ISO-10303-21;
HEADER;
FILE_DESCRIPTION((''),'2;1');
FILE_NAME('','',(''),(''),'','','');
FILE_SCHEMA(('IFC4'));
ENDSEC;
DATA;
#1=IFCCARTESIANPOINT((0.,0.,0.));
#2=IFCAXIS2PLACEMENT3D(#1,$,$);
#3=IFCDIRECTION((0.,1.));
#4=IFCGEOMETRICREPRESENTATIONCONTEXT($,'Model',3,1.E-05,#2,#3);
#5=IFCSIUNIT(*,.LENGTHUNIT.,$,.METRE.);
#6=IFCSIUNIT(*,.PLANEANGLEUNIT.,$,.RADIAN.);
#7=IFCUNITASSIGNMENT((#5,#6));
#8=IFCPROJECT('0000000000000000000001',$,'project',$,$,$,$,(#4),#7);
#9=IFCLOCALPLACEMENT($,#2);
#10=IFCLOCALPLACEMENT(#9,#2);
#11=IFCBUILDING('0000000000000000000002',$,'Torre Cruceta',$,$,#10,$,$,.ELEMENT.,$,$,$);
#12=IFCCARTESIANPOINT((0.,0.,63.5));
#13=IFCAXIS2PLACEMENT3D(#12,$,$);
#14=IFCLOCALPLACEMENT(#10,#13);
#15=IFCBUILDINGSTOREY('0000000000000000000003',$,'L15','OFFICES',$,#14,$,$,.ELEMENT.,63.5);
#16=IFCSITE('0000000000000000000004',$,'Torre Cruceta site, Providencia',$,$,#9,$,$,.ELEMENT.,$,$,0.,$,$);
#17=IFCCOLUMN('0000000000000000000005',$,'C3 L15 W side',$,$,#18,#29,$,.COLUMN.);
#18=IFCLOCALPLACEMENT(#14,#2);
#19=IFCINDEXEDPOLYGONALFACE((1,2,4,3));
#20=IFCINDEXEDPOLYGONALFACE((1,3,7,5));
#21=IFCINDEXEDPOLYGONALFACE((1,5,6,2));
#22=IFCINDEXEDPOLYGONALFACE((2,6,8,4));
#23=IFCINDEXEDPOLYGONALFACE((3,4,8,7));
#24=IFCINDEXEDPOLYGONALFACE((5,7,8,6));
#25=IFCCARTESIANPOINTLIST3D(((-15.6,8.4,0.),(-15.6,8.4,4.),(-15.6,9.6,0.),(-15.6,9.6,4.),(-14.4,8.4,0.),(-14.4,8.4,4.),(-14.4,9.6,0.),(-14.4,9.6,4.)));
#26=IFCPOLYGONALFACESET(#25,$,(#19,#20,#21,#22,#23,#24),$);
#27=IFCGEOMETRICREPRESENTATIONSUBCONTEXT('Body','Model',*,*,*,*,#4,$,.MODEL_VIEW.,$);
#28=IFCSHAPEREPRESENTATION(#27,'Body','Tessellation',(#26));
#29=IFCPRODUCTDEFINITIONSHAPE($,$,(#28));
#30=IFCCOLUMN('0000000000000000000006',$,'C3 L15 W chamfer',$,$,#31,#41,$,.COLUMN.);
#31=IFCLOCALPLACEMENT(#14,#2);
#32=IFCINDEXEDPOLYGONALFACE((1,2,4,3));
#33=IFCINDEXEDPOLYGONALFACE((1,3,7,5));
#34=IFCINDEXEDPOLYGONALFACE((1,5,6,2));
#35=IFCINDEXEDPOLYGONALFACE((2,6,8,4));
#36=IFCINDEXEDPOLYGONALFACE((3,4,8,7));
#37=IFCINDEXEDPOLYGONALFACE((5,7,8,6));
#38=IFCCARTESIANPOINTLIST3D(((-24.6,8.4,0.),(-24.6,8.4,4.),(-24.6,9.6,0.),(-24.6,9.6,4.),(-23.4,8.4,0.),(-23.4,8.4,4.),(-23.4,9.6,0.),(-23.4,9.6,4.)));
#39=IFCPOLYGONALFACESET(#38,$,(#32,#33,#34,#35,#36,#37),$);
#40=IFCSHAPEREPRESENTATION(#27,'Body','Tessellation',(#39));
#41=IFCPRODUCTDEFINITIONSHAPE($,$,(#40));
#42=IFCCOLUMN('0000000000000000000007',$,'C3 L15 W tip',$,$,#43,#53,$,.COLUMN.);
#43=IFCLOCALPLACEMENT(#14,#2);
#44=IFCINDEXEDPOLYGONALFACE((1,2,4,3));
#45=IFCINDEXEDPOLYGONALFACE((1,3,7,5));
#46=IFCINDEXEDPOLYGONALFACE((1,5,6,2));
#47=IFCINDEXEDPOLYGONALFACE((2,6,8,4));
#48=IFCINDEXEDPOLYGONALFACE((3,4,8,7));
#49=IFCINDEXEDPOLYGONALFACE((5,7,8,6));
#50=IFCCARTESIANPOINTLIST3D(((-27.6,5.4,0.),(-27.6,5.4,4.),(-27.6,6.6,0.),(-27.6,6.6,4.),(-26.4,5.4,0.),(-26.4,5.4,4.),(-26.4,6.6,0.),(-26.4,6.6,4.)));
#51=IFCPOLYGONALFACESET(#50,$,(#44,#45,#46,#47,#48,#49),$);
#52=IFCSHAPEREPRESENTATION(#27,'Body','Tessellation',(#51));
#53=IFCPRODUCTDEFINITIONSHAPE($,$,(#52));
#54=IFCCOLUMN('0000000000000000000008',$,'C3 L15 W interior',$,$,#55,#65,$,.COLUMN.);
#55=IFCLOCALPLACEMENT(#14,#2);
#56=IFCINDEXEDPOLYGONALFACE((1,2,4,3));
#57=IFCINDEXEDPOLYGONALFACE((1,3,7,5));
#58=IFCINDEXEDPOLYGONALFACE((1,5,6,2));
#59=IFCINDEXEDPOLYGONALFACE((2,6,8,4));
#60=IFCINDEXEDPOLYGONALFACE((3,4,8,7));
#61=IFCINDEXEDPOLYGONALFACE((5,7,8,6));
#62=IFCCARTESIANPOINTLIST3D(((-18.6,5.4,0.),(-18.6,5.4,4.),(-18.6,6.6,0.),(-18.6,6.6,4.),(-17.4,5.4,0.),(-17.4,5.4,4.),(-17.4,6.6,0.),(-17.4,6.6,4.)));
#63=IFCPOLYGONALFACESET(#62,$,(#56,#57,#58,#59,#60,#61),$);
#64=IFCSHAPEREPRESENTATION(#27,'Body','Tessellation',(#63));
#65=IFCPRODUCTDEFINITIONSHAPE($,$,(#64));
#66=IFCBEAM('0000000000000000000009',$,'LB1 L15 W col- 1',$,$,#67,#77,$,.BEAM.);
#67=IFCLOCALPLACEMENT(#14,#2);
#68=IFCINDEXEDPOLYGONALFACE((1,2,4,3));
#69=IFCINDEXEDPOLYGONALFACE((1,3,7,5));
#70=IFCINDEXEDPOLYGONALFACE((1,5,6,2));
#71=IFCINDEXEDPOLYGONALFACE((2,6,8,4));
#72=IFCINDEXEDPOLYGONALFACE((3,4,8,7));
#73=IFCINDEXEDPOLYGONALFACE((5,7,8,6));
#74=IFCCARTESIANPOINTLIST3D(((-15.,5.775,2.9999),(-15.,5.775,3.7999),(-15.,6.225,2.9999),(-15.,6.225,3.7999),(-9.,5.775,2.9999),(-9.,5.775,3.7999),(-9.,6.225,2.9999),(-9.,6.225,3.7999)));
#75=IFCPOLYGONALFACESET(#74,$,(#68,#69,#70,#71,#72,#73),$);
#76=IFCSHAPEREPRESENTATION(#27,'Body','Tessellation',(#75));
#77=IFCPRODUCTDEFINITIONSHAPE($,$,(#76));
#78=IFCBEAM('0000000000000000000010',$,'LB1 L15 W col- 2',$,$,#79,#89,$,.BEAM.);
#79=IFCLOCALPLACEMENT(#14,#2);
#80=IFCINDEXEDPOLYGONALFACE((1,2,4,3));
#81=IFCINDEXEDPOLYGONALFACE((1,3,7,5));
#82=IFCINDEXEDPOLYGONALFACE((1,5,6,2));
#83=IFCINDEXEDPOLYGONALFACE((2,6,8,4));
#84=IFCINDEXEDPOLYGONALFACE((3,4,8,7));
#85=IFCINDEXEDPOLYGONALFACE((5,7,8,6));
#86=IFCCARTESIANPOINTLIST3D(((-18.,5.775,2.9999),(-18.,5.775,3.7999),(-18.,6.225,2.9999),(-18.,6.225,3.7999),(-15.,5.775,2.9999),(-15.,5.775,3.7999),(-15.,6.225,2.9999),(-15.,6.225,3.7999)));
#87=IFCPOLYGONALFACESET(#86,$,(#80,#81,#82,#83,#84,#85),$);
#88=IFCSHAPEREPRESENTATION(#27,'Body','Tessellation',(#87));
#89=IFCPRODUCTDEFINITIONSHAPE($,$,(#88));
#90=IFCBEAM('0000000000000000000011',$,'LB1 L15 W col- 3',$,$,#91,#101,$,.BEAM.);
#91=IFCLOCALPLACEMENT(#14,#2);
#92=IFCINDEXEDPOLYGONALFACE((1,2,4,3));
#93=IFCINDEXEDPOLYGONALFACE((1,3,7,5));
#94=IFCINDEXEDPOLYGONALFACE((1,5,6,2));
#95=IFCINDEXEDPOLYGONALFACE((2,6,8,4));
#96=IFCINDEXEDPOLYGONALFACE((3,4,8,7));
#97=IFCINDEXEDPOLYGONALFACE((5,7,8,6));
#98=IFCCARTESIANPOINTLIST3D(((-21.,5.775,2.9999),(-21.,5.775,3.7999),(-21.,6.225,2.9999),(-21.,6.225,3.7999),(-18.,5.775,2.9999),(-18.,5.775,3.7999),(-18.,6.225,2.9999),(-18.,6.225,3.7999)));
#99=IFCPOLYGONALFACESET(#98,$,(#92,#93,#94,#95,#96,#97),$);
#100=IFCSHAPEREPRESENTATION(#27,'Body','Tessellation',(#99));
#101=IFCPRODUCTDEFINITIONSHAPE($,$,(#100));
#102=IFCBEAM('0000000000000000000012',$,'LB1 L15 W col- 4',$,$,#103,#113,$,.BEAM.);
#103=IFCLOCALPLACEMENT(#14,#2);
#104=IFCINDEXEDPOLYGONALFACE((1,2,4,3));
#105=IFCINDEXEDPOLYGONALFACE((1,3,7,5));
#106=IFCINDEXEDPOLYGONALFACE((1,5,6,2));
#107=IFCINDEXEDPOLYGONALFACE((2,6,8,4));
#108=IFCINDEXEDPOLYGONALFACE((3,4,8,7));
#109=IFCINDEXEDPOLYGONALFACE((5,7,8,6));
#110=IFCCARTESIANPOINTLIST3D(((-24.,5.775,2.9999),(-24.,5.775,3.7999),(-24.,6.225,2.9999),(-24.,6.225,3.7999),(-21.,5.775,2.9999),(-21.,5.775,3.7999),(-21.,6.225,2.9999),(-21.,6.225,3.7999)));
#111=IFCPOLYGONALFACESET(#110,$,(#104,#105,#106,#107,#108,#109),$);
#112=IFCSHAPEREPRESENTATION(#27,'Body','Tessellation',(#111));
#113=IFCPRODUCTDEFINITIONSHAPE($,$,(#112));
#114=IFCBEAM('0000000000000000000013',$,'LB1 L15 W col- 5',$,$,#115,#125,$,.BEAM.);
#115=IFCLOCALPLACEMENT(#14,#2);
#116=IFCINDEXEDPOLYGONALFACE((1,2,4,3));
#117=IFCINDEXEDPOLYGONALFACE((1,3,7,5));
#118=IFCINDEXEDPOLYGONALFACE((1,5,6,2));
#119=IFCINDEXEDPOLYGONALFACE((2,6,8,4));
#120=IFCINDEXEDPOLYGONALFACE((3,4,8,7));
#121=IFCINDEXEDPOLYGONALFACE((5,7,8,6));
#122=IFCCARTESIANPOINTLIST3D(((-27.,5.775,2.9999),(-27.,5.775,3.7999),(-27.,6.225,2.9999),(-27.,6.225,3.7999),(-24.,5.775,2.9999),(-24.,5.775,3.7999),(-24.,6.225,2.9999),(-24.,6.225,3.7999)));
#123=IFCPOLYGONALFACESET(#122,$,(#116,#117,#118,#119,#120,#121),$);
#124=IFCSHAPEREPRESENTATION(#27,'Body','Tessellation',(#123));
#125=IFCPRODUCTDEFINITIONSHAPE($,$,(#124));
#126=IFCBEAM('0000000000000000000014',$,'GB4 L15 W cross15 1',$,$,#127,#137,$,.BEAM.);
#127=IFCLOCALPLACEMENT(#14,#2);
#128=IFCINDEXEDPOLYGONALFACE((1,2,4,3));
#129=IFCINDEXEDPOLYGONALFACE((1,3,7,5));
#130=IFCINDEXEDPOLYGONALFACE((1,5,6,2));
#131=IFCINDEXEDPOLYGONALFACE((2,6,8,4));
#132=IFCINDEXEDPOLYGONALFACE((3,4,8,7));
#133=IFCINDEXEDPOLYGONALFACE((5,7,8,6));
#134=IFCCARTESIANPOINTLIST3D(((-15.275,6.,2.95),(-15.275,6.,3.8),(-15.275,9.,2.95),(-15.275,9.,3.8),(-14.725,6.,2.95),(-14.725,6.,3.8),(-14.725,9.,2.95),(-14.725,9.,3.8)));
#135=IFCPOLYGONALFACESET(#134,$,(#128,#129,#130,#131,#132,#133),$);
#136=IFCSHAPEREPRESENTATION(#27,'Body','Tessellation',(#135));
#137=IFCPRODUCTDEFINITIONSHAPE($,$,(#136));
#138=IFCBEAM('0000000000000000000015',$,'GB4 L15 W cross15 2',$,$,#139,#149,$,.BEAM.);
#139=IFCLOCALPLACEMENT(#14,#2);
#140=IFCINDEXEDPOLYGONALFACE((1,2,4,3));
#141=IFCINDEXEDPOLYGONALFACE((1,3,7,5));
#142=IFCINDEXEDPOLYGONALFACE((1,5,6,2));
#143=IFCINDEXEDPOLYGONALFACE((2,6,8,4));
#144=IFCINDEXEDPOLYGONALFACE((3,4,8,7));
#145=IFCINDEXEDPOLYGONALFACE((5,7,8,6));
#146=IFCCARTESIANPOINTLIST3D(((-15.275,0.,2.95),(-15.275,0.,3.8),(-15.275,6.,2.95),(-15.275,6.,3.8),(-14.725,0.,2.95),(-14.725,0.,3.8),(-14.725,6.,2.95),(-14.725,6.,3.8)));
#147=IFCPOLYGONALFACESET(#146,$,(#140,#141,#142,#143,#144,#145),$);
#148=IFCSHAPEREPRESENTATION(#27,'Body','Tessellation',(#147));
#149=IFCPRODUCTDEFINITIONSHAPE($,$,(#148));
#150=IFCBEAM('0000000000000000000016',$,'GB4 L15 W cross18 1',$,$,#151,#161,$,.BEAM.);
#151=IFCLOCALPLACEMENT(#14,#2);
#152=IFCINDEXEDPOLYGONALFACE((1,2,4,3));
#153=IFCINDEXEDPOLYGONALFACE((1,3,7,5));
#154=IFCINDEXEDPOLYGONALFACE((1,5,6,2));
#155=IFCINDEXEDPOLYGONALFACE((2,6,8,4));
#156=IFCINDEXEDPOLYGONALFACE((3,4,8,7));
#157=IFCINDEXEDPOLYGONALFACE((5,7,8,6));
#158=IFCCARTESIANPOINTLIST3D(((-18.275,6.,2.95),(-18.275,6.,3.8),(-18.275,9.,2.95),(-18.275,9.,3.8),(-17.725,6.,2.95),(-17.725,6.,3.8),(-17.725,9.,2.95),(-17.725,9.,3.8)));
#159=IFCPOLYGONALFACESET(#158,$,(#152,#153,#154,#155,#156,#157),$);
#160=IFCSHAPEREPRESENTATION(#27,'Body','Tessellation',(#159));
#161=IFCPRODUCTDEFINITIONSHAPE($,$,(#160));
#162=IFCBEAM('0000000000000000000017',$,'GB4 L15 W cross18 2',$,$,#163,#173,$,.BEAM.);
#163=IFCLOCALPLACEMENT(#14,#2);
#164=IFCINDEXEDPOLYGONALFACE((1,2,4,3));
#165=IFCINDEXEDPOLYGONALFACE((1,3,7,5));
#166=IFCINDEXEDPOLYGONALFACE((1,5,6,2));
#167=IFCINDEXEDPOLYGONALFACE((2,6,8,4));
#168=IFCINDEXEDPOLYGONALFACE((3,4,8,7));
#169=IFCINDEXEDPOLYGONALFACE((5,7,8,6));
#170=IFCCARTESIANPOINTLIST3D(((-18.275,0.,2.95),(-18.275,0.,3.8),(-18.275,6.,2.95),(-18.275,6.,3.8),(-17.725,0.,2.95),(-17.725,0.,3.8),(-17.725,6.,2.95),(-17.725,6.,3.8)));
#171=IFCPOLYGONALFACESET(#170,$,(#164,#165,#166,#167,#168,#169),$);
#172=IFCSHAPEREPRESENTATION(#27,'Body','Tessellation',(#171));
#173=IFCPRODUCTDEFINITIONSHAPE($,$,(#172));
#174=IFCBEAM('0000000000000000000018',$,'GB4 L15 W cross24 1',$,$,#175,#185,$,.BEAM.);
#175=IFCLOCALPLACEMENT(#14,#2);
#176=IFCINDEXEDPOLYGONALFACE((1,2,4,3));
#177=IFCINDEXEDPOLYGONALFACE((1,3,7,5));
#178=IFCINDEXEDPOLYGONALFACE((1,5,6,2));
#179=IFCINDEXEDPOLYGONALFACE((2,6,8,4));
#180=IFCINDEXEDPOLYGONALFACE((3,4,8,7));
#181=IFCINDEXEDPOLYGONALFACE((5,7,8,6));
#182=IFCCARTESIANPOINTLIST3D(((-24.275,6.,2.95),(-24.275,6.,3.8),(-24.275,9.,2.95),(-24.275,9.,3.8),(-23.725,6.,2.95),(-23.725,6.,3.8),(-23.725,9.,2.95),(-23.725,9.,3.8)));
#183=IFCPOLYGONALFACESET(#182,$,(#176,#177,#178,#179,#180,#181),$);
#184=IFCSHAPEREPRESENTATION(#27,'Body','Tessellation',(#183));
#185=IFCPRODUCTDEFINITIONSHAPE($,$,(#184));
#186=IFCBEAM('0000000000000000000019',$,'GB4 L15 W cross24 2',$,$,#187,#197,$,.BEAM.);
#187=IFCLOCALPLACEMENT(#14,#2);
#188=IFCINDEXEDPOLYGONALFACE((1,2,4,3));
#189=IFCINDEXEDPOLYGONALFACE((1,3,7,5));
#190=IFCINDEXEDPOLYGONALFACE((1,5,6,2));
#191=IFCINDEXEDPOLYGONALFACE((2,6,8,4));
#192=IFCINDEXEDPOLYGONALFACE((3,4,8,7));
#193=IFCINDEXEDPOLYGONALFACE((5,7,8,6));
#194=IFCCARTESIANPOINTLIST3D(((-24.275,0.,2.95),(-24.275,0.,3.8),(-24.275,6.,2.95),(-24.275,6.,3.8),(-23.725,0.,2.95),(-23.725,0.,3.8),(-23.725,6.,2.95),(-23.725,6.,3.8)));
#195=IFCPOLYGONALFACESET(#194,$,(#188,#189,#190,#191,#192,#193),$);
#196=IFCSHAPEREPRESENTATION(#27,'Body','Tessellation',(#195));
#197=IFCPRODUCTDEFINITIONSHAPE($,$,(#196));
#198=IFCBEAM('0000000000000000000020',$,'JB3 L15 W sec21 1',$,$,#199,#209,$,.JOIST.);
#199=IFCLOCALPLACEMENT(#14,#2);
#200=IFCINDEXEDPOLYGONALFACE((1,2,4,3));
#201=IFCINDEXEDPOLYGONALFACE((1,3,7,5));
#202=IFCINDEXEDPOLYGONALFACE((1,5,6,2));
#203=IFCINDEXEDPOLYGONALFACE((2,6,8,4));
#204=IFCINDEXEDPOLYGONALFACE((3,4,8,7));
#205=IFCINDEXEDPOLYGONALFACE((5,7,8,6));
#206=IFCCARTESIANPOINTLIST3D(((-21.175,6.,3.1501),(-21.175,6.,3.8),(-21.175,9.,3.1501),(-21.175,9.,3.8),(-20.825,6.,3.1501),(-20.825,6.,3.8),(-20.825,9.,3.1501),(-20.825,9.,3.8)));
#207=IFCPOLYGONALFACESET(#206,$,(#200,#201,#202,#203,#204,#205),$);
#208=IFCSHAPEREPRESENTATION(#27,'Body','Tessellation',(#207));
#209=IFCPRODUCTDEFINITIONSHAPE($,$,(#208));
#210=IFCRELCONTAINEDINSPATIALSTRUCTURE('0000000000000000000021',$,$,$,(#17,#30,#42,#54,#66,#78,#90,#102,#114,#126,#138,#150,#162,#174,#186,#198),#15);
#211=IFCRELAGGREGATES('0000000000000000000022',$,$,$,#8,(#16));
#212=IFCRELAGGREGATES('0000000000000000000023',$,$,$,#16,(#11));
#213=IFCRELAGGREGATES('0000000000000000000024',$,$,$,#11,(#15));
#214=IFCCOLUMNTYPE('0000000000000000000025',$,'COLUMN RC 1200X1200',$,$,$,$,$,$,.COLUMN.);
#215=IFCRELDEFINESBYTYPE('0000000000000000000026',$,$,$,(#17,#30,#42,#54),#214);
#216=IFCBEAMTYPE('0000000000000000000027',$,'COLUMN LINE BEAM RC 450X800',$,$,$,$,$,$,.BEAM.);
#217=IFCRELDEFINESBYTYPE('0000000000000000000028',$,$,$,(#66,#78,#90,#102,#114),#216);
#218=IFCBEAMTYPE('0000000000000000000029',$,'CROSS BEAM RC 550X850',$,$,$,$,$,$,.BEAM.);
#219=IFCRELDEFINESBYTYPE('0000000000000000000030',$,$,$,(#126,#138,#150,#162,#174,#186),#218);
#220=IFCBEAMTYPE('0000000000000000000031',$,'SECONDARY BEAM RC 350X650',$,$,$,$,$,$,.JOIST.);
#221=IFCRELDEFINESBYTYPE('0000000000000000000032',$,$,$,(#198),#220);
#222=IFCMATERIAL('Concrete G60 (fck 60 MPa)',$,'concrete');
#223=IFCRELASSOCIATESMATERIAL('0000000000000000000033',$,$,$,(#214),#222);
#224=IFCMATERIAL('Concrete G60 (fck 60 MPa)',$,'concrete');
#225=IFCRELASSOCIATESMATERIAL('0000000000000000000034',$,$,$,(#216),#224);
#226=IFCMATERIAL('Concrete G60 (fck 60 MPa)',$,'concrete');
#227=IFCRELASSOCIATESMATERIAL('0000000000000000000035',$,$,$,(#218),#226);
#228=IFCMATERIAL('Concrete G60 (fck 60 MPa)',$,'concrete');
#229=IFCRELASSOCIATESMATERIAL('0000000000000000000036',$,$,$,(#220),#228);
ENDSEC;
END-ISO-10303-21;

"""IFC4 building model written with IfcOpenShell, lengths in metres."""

from ifc_helpers import new_model, si_unit, direction, frame, origin, origin_2d, place, context, subcontext, project, spatial, rectangle, extrude, material, material_profile, profile_set, type_object, element, save


model = new_model("IFC4")

# Units and contexts
model_context = context("Model", 3, precision=1e-05, world=origin(), true_north=direction((0.0, 1.0)))
body_context = subcontext(model_context, "Body", "Model", "MODEL_VIEW")
ifc_project = project(units=[si_unit("LENGTHUNIT", "METRE"), si_unit("PLANEANGLEUNIT", "RADIAN")], contexts=[model_context])

# Site, building, storey
site_placement = place(None, origin())
site = spatial("IfcSite", under=ifc_project, at=site_placement, Name="Torre Cruceta site, Providencia", CompositionType="ELEMENT", RefElevation=0.0)
building_placement = place(site_placement, origin())
building = spatial("IfcBuilding", under=site, at=building_placement, Name="Torre Cruceta", CompositionType="ELEMENT")
storey_placement = place(building_placement, frame((0.0, 0.0, 63.5)))
storey = spatial("IfcBuildingStorey", under=building, at=storey_placement, Name="L15", Description="OFFICES", CompositionType="ELEMENT", Elevation=63.5)

# Columns
ifc_material_1 = material(Name="Concrete G60 (fck 60 MPa)", Category="concrete")
ifc_material_profile_1 = material_profile(ifc_material_1, rectangle(XDim=1.2, YDim=1.2, at=origin_2d()), Name="RC 1200X1200")
ifc_profile_set_1 = profile_set([ifc_material_profile_1], Name="Concrete G60 (fck 60 MPa)")
column_type = type_object("IfcColumnType", Name="COLUMN RC 1200X1200", PredefinedType="COLUMN", material=ifc_profile_set_1)
for number, where, z_axis, x_axis, name in (
    (1, (-15.0, 9.0, 0.0), (0.0, 0.0, 1.0), (1.0, 0.0, 0.0), "C3 L15 W side"),
    (2, (-24.0, 9.0, 0.0), (0.0, 0.0, 1.0), (1.0, 0.0, 0.0), "C3 L15 W chamfer"),
    (3, (-27.0, 6.0, 0.0), (0.0, 0.0, 1.0), (1.0, 0.0, 0.0), "C3 L15 W tip"),
    (4, (-18.0, 6.0, 0.0), (0.0, 0.0, 1.0), (1.0, 0.0, 0.0), "C3 L15 W interior"),
):
    element("IfcColumn", number, at=place(storey_placement, frame(where, z_axis=z_axis, x_axis=x_axis)), inside=storey, type_object=column_type, Name=name, PredefinedType="COLUMN", context=body_context, shape_type="SweptSolid", body=[
        extrude(rectangle(XDim=1.2, YDim=1.2, at=origin_2d()), origin(), (0.0, 0.0, 1.0), 4.0),
    ])

# Beams
ifc_material_2 = material(Name="Concrete G60 (fck 60 MPa)", Category="concrete")
ifc_material_profile_2 = material_profile(ifc_material_2, rectangle(XDim=0.45, YDim=0.8, at=origin_2d()), Name="RC 450X800")
ifc_profile_set_2 = profile_set([ifc_material_profile_2], Name="Concrete G60 (fck 60 MPa)")
beam_type_1 = type_object("IfcBeamType", Name="COLUMN LINE BEAM RC 450X800", PredefinedType="BEAM", material=ifc_profile_set_2)
beam_1_placement = place(storey_placement, frame((-9.0, 6.0, 3.3999), z_axis=(-1.0, 0.0, 0.0), x_axis=(0.0, -1.0, 0.0)))
element("IfcBeam", 5, at=beam_1_placement, inside=storey, type_object=beam_type_1, Name="LB1 L15 W col- 1", PredefinedType="BEAM", context=body_context, shape_type="SweptSolid", body=[
    extrude(rectangle(XDim=0.45, YDim=0.8, at=origin_2d()), origin(), (0.0, 0.0, 1.0), 6.0),
])
for number, where, z_axis, x_axis, name in (
    (6, (-15.0, 6.0, 3.3999), (-1.0, 0.0, 0.0), (0.0, -1.0, 0.0), "LB1 L15 W col- 2"),
    (7, (-18.0, 6.0, 3.3999), (-1.0, 0.0, 0.0), (0.0, -1.0, 0.0), "LB1 L15 W col- 3"),
    (8, (-21.0, 6.0, 3.3999), (-1.0, 0.0, 0.0), (0.0, -1.0, 0.0), "LB1 L15 W col- 4"),
    (9, (-24.0, 6.0, 3.3999), (-1.0, 0.0, 0.0), (0.0, -1.0, 0.0), "LB1 L15 W col- 5"),
):
    element("IfcBeam", number, at=place(storey_placement, frame(where, z_axis=z_axis, x_axis=x_axis)), inside=storey, type_object=beam_type_1, Name=name, PredefinedType="BEAM", context=body_context, shape_type="SweptSolid", body=[
        extrude(rectangle(XDim=0.45, YDim=0.8, at=origin_2d()), origin(), (0.0, 0.0, 1.0), 3.0),
    ])
ifc_material_3 = material(Name="Concrete G60 (fck 60 MPa)", Category="concrete")
ifc_material_profile_3 = material_profile(ifc_material_3, rectangle(XDim=0.55, YDim=0.8501, at=origin_2d()), Name="RC 550X850")
ifc_profile_set_3 = profile_set([ifc_material_profile_3], Name="Concrete G60 (fck 60 MPa)")
beam_type_2 = type_object("IfcBeamType", Name="CROSS BEAM RC 550X850", PredefinedType="BEAM", material=ifc_profile_set_3)
beam_2_placement = place(storey_placement, frame((-15.0, 9.0, 3.375), z_axis=(0.0, -1.0, 0.0), x_axis=(1.0, 0.0, 0.0)))
element("IfcBeam", 10, at=beam_2_placement, inside=storey, type_object=beam_type_2, Name="GB4 L15 W cross15 1", PredefinedType="BEAM", context=body_context, shape_type="SweptSolid", body=[
    extrude(rectangle(XDim=0.55, YDim=0.8501, at=origin_2d()), origin(), (0.0, 0.0, 1.0), 3.0),
])
beam_3_placement = place(storey_placement, frame((-15.0, 6.0, 3.375), z_axis=(0.0, -1.0, 0.0), x_axis=(1.0, 0.0, 0.0)))
element("IfcBeam", 11, at=beam_3_placement, inside=storey, type_object=beam_type_2, Name="GB4 L15 W cross15 2", PredefinedType="BEAM", context=body_context, shape_type="SweptSolid", body=[
    extrude(rectangle(XDim=0.55, YDim=0.8501, at=origin_2d()), origin(), (0.0, 0.0, 1.0), 6.0),
])
beam_4_placement = place(storey_placement, frame((-18.0, 9.0, 3.375), z_axis=(0.0, -1.0, 0.0), x_axis=(1.0, 0.0, 0.0)))
element("IfcBeam", 12, at=beam_4_placement, inside=storey, type_object=beam_type_2, Name="GB4 L15 W cross18 1", PredefinedType="BEAM", context=body_context, shape_type="SweptSolid", body=[
    extrude(rectangle(XDim=0.55, YDim=0.8501, at=origin_2d()), origin(), (0.0, 0.0, 1.0), 3.0),
])
beam_5_placement = place(storey_placement, frame((-18.0, 6.0, 3.375), z_axis=(0.0, -1.0, 0.0), x_axis=(1.0, 0.0, 0.0)))
element("IfcBeam", 13, at=beam_5_placement, inside=storey, type_object=beam_type_2, Name="GB4 L15 W cross18 2", PredefinedType="BEAM", context=body_context, shape_type="SweptSolid", body=[
    extrude(rectangle(XDim=0.55, YDim=0.8501, at=origin_2d()), origin(), (0.0, 0.0, 1.0), 6.0),
])
beam_6_placement = place(storey_placement, frame((-24.0, 9.0, 3.375), z_axis=(0.0, -1.0, 0.0), x_axis=(1.0, 0.0, 0.0)))
element("IfcBeam", 14, at=beam_6_placement, inside=storey, type_object=beam_type_2, Name="GB4 L15 W cross24 1", PredefinedType="BEAM", context=body_context, shape_type="SweptSolid", body=[
    extrude(rectangle(XDim=0.55, YDim=0.8501, at=origin_2d()), origin(), (0.0, 0.0, 1.0), 3.0),
])
beam_7_placement = place(storey_placement, frame((-24.0, 6.0, 3.375), z_axis=(0.0, -1.0, 0.0), x_axis=(1.0, 0.0, 0.0)))
element("IfcBeam", 15, at=beam_7_placement, inside=storey, type_object=beam_type_2, Name="GB4 L15 W cross24 2", PredefinedType="BEAM", context=body_context, shape_type="SweptSolid", body=[
    extrude(rectangle(XDim=0.55, YDim=0.8501, at=origin_2d()), origin(), (0.0, 0.0, 1.0), 6.0),
])
ifc_material_4 = material(Name="Concrete G60 (fck 60 MPa)", Category="concrete")
ifc_material_profile_4 = material_profile(ifc_material_4, rectangle(XDim=0.3501, YDim=0.6499, at=origin_2d()), Name="RC 350X650")
ifc_profile_set_4 = profile_set([ifc_material_profile_4], Name="Concrete G60 (fck 60 MPa)")
beam_type_3 = type_object("IfcBeamType", Name="SECONDARY BEAM RC 350X650", PredefinedType="JOIST", material=ifc_profile_set_4)
beam_8_placement = place(storey_placement, frame((-21.0, 9.0, 3.4751), z_axis=(0.0, -1.0, 0.0), x_axis=(1.0, 0.0, 0.0)))
element("IfcBeam", 16, at=beam_8_placement, inside=storey, type_object=beam_type_3, Name="JB3 L15 W sec21 1", PredefinedType="JOIST", context=body_context, shape_type="SweptSolid", body=[
    extrude(rectangle(XDim=0.3501, YDim=0.6499, at=origin_2d()), origin(), (0.0, 0.0, 1.0), 3.0),
])

save(model, "model.ifc")
